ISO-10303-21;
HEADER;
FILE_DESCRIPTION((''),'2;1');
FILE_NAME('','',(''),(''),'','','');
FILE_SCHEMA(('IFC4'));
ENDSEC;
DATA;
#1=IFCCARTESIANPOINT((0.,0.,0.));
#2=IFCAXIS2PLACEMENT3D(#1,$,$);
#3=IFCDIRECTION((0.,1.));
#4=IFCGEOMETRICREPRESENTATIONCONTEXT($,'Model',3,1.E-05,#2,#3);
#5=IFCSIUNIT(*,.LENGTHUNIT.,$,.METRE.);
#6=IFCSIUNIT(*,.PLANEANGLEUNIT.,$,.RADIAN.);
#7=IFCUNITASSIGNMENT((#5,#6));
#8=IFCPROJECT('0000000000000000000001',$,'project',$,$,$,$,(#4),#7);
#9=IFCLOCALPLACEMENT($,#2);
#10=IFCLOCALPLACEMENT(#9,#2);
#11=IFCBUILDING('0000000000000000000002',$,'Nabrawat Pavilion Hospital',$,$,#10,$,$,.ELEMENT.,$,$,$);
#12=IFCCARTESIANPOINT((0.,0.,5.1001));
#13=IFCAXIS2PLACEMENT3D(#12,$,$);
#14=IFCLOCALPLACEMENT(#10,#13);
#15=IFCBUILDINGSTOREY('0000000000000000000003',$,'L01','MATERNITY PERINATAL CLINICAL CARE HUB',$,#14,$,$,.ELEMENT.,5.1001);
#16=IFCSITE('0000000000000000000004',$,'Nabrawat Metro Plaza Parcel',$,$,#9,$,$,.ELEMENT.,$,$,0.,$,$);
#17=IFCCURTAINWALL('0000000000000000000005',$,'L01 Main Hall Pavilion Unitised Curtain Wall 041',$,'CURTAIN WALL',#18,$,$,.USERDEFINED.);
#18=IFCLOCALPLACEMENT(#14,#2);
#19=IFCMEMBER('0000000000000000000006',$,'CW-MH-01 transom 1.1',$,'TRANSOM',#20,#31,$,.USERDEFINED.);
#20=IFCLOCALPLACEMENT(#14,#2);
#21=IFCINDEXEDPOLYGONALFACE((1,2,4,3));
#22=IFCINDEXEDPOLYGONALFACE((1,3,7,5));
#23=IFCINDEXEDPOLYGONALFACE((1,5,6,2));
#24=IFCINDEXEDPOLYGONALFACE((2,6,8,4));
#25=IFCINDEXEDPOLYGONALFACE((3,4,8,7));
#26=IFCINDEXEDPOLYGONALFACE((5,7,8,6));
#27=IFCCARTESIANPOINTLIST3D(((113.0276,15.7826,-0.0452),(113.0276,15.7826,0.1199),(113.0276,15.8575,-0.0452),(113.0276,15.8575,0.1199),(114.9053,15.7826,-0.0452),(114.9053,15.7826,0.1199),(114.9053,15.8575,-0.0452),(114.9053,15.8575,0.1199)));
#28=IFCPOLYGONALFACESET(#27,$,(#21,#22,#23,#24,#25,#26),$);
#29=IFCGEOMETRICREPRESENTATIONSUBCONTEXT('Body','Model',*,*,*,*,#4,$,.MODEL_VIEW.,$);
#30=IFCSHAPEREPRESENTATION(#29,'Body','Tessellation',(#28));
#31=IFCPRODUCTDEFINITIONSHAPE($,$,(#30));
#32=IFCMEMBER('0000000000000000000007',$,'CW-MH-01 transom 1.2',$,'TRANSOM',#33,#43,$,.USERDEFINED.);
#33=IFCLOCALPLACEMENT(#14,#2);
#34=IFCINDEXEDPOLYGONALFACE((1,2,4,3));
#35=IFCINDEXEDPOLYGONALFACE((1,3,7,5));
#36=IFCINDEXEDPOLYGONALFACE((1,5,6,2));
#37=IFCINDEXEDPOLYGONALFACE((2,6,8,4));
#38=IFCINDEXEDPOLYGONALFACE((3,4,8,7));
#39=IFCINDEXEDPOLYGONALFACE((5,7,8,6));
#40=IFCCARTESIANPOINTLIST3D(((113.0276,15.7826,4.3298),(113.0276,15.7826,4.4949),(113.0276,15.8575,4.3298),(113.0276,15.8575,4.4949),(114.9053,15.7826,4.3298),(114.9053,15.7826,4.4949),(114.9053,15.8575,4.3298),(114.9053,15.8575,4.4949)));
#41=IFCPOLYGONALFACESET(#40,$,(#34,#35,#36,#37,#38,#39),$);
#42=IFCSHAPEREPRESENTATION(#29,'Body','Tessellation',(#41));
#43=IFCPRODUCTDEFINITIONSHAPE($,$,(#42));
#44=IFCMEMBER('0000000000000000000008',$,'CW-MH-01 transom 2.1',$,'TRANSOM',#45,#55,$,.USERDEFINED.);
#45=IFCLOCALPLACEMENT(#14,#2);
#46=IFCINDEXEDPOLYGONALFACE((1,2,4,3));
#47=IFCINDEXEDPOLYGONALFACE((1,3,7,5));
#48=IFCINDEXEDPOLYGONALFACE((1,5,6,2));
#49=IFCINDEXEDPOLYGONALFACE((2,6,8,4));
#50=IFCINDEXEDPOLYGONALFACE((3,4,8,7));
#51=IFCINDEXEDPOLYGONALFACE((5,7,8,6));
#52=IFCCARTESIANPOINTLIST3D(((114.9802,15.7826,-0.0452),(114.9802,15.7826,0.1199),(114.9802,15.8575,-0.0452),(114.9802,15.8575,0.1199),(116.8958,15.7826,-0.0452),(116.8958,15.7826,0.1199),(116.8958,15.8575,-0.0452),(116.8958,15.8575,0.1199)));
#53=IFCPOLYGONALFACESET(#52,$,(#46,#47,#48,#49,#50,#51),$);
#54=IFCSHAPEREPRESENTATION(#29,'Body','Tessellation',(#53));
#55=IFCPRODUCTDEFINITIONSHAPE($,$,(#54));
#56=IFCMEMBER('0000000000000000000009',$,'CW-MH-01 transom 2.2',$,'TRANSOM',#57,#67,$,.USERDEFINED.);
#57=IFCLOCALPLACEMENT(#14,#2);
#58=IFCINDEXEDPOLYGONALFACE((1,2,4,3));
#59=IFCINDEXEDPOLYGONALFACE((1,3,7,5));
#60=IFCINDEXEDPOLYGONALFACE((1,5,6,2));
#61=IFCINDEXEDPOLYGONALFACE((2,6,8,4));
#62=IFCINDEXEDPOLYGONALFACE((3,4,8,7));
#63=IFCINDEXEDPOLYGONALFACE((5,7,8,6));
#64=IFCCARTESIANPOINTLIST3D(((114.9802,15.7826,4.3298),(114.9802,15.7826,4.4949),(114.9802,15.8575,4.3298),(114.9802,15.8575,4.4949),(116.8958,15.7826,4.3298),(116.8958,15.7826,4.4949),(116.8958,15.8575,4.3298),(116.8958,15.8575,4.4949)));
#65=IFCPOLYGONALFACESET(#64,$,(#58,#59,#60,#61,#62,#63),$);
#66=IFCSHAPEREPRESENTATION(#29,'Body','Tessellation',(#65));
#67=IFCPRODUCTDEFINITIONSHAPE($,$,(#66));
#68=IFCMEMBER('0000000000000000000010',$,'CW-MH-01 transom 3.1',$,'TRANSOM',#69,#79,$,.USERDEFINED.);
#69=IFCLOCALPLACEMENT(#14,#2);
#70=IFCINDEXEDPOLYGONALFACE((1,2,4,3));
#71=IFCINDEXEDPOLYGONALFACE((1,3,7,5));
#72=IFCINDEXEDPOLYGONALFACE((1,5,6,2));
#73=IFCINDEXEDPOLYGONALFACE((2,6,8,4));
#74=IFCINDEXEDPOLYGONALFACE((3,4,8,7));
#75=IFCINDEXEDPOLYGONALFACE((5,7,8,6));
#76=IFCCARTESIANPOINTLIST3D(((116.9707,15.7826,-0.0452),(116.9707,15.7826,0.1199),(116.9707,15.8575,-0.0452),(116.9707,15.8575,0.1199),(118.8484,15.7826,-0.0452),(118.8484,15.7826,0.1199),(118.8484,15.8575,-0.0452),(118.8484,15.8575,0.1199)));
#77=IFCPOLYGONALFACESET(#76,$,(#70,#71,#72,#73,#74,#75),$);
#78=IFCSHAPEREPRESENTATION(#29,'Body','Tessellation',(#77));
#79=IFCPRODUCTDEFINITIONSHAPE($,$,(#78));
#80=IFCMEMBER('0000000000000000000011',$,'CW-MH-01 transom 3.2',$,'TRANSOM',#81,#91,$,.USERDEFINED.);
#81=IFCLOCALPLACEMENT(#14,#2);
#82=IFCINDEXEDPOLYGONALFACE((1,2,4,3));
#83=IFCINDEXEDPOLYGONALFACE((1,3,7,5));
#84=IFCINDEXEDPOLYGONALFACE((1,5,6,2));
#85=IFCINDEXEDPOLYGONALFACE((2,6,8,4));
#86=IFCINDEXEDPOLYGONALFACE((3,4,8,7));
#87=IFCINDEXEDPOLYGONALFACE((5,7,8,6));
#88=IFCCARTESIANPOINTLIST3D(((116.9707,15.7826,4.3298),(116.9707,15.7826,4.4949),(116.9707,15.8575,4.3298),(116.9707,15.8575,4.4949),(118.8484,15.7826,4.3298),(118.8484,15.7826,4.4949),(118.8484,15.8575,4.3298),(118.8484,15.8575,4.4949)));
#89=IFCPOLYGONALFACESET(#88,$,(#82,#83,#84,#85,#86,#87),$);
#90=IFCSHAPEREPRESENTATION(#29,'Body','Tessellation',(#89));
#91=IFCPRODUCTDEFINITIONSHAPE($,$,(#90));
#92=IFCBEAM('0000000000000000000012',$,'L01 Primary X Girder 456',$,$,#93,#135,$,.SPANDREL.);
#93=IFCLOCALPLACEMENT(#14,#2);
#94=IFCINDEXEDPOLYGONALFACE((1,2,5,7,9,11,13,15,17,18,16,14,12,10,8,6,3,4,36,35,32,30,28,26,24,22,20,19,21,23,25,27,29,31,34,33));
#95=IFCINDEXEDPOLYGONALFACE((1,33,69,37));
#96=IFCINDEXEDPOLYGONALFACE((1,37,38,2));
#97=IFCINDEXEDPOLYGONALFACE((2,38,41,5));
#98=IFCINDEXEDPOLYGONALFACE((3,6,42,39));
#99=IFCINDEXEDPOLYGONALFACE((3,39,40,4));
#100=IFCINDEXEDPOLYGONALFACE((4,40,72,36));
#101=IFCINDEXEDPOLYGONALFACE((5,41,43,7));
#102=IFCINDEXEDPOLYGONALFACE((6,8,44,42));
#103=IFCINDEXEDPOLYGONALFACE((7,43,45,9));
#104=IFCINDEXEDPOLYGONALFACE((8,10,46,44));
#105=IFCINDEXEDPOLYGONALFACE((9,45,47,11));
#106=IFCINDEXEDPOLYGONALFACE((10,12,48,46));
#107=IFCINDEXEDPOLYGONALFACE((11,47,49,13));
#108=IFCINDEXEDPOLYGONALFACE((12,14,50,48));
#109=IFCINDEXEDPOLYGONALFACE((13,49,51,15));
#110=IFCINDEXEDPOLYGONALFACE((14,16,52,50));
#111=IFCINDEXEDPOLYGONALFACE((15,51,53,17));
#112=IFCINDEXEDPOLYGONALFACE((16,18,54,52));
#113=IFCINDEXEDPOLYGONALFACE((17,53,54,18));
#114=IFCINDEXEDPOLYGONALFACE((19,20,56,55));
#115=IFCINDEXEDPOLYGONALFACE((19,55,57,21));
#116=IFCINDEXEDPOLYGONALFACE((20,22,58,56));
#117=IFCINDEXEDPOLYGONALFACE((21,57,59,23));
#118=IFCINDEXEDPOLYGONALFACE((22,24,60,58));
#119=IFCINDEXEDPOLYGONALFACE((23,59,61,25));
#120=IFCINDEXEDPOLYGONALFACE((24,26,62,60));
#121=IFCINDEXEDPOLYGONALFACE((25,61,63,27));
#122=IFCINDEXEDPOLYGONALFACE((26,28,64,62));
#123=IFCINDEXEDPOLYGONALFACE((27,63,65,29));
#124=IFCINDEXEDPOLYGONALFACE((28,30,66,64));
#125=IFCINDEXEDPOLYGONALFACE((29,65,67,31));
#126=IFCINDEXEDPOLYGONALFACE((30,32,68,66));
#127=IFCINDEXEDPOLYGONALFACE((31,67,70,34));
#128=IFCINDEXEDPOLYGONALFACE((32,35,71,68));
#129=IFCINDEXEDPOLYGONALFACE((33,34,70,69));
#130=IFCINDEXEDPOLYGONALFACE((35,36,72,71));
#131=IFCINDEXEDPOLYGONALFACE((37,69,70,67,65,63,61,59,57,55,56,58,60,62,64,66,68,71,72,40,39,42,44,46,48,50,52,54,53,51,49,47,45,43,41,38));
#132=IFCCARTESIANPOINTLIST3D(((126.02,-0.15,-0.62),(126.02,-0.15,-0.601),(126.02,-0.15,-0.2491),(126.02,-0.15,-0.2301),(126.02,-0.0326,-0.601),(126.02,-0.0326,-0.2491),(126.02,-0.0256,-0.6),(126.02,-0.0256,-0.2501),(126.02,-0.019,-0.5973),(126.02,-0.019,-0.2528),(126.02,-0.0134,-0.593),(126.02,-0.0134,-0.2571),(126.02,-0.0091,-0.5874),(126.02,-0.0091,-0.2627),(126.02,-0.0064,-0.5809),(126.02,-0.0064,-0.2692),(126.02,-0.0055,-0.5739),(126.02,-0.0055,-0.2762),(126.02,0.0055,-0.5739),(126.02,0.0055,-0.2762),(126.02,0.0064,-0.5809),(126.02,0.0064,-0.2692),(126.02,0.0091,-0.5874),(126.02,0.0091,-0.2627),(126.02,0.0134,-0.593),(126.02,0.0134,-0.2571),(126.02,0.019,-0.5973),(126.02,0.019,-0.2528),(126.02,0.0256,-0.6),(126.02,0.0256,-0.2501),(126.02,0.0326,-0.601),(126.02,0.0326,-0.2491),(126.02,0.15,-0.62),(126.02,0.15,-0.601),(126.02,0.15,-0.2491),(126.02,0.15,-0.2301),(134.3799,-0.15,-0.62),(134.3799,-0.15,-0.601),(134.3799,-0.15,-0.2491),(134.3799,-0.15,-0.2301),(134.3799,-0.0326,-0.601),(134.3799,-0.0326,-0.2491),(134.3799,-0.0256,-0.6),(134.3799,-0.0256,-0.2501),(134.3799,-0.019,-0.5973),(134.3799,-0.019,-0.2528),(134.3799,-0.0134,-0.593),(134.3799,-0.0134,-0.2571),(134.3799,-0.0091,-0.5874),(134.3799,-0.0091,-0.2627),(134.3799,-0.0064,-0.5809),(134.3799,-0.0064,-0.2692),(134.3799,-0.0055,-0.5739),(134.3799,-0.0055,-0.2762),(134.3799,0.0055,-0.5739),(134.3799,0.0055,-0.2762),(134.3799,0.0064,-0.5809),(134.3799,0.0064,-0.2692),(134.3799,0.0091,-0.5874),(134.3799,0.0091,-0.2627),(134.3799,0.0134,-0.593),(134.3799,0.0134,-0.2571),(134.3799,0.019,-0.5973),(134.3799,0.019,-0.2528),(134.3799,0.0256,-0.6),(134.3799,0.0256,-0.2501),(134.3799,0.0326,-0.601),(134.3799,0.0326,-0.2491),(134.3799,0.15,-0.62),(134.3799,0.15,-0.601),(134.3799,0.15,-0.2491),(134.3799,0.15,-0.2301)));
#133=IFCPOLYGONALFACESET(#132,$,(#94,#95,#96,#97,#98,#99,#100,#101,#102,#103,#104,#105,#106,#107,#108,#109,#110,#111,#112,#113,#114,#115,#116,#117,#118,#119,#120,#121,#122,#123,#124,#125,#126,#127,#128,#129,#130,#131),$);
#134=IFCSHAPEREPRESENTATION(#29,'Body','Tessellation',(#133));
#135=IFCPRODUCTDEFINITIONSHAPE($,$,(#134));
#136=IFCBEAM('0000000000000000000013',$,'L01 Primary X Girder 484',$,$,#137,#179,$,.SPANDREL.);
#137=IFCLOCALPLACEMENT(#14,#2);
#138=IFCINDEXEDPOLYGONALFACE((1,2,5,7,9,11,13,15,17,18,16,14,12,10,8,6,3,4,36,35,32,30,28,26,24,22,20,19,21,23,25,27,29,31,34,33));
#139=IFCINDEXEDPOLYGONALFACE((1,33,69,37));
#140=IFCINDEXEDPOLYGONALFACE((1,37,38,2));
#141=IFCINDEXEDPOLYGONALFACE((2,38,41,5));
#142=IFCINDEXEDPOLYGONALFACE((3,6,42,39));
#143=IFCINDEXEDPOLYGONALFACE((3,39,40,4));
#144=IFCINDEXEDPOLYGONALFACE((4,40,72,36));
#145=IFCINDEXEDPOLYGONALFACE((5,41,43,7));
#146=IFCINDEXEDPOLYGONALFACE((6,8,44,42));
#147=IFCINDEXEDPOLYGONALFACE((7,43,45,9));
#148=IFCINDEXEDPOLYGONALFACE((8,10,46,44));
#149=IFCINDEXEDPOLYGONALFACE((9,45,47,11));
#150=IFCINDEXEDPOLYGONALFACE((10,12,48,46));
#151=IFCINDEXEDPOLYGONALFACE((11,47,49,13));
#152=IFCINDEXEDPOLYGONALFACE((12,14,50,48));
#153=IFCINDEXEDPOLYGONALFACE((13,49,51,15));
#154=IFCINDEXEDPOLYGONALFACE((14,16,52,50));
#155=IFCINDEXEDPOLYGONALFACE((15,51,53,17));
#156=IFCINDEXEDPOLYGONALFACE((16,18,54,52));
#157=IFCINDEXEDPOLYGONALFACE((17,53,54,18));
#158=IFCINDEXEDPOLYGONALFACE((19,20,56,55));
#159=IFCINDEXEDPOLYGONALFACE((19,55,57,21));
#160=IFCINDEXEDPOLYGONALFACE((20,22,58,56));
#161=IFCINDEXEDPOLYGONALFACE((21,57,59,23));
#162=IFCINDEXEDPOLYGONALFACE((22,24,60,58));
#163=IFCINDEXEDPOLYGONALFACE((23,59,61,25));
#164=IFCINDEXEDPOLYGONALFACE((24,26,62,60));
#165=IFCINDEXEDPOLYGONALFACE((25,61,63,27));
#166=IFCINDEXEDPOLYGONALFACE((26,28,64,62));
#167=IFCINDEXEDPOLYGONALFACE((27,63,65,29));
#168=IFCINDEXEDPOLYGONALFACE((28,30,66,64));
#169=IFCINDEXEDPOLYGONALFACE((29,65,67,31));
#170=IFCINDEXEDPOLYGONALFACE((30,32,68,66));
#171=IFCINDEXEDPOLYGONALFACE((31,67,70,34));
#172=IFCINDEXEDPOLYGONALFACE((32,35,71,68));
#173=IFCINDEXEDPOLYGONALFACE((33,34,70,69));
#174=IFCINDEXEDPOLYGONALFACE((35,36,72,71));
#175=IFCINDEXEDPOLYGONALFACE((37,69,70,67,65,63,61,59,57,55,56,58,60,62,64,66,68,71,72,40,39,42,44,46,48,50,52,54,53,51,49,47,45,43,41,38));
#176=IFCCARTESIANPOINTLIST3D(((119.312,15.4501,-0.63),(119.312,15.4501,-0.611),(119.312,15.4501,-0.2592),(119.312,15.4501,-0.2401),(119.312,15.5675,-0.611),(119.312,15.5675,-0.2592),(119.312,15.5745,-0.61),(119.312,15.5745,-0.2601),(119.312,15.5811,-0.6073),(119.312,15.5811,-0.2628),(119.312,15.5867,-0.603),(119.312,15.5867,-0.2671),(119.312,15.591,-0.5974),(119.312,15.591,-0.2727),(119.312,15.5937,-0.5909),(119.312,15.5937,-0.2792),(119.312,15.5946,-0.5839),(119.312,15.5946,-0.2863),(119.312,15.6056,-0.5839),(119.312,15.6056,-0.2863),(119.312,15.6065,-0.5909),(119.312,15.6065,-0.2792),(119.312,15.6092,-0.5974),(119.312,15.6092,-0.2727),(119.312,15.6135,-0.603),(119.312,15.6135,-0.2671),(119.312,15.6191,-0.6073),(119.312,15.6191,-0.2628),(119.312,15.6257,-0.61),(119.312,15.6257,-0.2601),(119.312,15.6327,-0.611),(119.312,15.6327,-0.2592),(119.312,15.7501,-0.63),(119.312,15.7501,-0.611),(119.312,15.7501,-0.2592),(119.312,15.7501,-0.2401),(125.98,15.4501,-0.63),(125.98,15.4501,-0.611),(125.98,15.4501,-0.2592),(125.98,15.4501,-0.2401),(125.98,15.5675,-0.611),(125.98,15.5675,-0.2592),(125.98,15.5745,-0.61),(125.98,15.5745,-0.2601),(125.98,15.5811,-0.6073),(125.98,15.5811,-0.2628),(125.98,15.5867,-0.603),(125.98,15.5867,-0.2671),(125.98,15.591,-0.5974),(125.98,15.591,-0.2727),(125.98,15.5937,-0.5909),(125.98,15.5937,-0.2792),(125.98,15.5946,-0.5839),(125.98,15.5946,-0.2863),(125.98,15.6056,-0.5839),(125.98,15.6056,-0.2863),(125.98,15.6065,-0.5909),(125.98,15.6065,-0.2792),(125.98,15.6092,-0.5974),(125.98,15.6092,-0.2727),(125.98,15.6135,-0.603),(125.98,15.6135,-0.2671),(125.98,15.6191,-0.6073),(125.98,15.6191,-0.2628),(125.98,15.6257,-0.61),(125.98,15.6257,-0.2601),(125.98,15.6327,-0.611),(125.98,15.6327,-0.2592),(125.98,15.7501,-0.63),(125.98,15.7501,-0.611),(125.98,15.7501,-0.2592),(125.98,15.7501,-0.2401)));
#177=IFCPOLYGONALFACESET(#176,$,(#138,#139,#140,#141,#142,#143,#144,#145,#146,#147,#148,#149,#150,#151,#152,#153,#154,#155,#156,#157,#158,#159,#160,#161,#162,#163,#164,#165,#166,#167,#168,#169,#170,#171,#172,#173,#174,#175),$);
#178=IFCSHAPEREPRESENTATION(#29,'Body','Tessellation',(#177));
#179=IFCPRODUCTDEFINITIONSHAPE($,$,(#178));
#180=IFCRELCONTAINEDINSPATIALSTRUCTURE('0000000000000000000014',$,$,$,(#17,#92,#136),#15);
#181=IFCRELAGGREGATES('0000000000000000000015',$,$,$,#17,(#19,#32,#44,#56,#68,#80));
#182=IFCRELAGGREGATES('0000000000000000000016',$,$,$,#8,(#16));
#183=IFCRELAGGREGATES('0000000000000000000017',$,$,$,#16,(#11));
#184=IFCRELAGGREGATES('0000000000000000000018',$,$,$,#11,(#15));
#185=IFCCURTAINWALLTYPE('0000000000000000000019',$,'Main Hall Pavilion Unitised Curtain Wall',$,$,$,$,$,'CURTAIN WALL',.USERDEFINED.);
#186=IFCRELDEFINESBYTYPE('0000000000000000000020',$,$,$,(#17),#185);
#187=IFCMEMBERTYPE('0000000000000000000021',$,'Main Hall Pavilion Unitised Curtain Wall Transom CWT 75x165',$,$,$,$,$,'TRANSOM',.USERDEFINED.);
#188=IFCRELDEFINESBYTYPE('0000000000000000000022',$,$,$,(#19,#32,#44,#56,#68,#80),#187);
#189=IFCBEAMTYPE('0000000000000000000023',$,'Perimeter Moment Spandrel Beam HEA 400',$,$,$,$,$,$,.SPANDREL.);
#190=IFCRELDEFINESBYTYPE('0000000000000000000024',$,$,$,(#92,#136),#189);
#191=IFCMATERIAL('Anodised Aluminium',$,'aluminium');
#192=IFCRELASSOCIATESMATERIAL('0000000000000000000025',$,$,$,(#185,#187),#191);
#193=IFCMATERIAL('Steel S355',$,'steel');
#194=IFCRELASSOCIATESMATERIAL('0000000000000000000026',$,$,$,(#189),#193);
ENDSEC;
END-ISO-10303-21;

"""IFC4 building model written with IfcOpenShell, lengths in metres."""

from ifc_helpers import new_model, si_unit, direction, frame, origin, origin_2d, place, context, subcontext, project, spatial, rectangle, i_section, extrude, material, material_profile, profile_set, type_object, element, aggregate, save


model = new_model("IFC4")

# Units and contexts
model_context = context("Model", 3, precision=1e-05, world=origin(), true_north=direction((0.0, 1.0)))
body_context = subcontext(model_context, "Body", "Model", "MODEL_VIEW")
ifc_project = project(units=[si_unit("LENGTHUNIT", "METRE"), si_unit("PLANEANGLEUNIT", "RADIAN")], contexts=[model_context])

# Site, building, storey
site_placement = place(None, origin())
site = spatial("IfcSite", under=ifc_project, at=site_placement, Name="Nabrawat Metro Plaza Parcel", CompositionType="ELEMENT", RefElevation=0.0)
building_placement = place(site_placement, origin())
building = spatial("IfcBuilding", under=site, at=building_placement, Name="Nabrawat Pavilion Hospital", CompositionType="ELEMENT")
storey_placement = place(building_placement, frame((0.0, 0.0, 5.1001)))
storey = spatial("IfcBuildingStorey", under=building, at=storey_placement, Name="L01", Description="MATERNITY PERINATAL CLINICAL CARE HUB", CompositionType="ELEMENT", Elevation=5.1001)

# Shared definitions
ifc_material_1 = material(Name="Steel S355", Category="steel")

# Curtain wall, members
ifc_material_2 = material(Name="Anodised Aluminium", Category="aluminium")
curtain_wall_type = type_object("IfcCurtainWallType", Name="Main Hall Pavilion Unitised Curtain Wall", ElementType="CURTAIN WALL", PredefinedType="USERDEFINED", material=ifc_material_2)
curtain_wall_placement = place(storey_placement, origin())
curtain_wall = element("IfcCurtainWall", 1, at=curtain_wall_placement, inside=storey, type_object=curtain_wall_type, Name="L01 Main Hall Pavilion Unitised Curtain Wall 041", ObjectType="CURTAIN WALL", PredefinedType="USERDEFINED")
ifc_material_profile_1 = material_profile(ifc_material_2, rectangle(XDim=0.075, YDim=0.165, at=origin_2d()), Name="CWT 75x165")
ifc_profile_set_1 = profile_set([ifc_material_profile_1], Name="Anodised Aluminium")
member_type_1 = type_object("IfcMemberType", Name="Main Hall Pavilion Unitised Curtain Wall Transom CWT 75x165", ElementType="TRANSOM", PredefinedType="USERDEFINED", material=ifc_profile_set_1)
member_1_placement = place(storey_placement, frame((113.0276, 15.8201, 0.0374), z_axis=(1.0, 0.0, 0.0), x_axis=(0.0, 1.0, 0.0)))
member_1 = element("IfcMember", 2, at=member_1_placement, type_object=member_type_1, Name="CW-MH-01 transom 1.1", ObjectType="TRANSOM", PredefinedType="USERDEFINED", context=body_context, shape_type="SweptSolid", body=[
    extrude(rectangle(XDim=0.075, YDim=0.165, at=origin_2d()), origin(), (0.0, 0.0, 1.0), 1.8777),
])
member_2_placement = place(storey_placement, frame((113.0276, 15.8201, 4.4124), z_axis=(1.0, 0.0, 0.0), x_axis=(0.0, 1.0, 0.0)))
member_2 = element("IfcMember", 3, at=member_2_placement, type_object=member_type_1, Name="CW-MH-01 transom 1.2", ObjectType="TRANSOM", PredefinedType="USERDEFINED", context=body_context, shape_type="SweptSolid", body=[
    extrude(rectangle(XDim=0.075, YDim=0.165, at=origin_2d()), origin(), (0.0, 0.0, 1.0), 1.8777),
])
member_3_placement = place(storey_placement, frame((114.9802, 15.8201, 0.0374), z_axis=(1.0, 0.0, 0.0), x_axis=(0.0, 1.0, 0.0)))
member_3 = element("IfcMember", 4, at=member_3_placement, type_object=member_type_1, Name="CW-MH-01 transom 2.1", ObjectType="TRANSOM", PredefinedType="USERDEFINED", context=body_context, shape_type="SweptSolid", body=[
    extrude(rectangle(XDim=0.075, YDim=0.165, at=origin_2d()), origin(), (0.0, 0.0, 1.0), 1.9155),
])
member_4_placement = place(storey_placement, frame((114.9802, 15.8201, 4.4124), z_axis=(1.0, 0.0, 0.0), x_axis=(0.0, 1.0, 0.0)))
member_4 = element("IfcMember", 5, at=member_4_placement, type_object=member_type_1, Name="CW-MH-01 transom 2.2", ObjectType="TRANSOM", PredefinedType="USERDEFINED", context=body_context, shape_type="SweptSolid", body=[
    extrude(rectangle(XDim=0.075, YDim=0.165, at=origin_2d()), origin(), (0.0, 0.0, 1.0), 1.9155),
])
member_5_placement = place(storey_placement, frame((116.9707, 15.8201, 0.0374), z_axis=(1.0, 0.0, 0.0), x_axis=(0.0, 1.0, 0.0)))
member_5 = element("IfcMember", 6, at=member_5_placement, type_object=member_type_1, Name="CW-MH-01 transom 3.1", ObjectType="TRANSOM", PredefinedType="USERDEFINED", context=body_context, shape_type="SweptSolid", body=[
    extrude(rectangle(XDim=0.075, YDim=0.165, at=origin_2d()), origin(), (0.0, 0.0, 1.0), 1.8777),
])
member_6_placement = place(storey_placement, frame((116.9707, 15.8201, 4.4124), z_axis=(1.0, 0.0, 0.0), x_axis=(0.0, 1.0, 0.0)))
member_6 = element("IfcMember", 7, at=member_6_placement, type_object=member_type_1, Name="CW-MH-01 transom 3.2", ObjectType="TRANSOM", PredefinedType="USERDEFINED", context=body_context, shape_type="SweptSolid", body=[
    extrude(rectangle(XDim=0.075, YDim=0.165, at=origin_2d()), origin(), (0.0, 0.0, 1.0), 1.8777),
])

# Beams
ifc_material_profile_2 = material_profile(ifc_material_1, i_section(OverallWidth=0.3, OverallDepth=0.3899, WebThickness=0.011, FlangeThickness=0.019, FilletRadius=0.0271, at=origin_2d()), Name="HEA 400")
ifc_profile_set_2 = profile_set([ifc_material_profile_2], Name="Steel S355")
beam_type_1 = type_object("IfcBeamType", Name="Perimeter Moment Spandrel Beam HEA 400", PredefinedType="SPANDREL", material=ifc_profile_set_2)
beam_1_placement = place(storey_placement, frame((126.02, 0.0, -0.425), z_axis=(1.0, 0.0, 0.0), x_axis=(0.0, 1.0, 0.0)))
element("IfcBeam", 8, at=beam_1_placement, inside=storey, type_object=beam_type_1, Name="L01 Primary X Girder 456", PredefinedType="SPANDREL", context=body_context, shape_type="SweptSolid", body=[
    extrude(i_section(OverallWidth=0.3, OverallDepth=0.3899, WebThickness=0.011, FlangeThickness=0.019, FilletRadius=0.0271, at=origin_2d()), origin(), (0.0, 0.0, 1.0), 8.3599),
])
beam_2_placement = place(storey_placement, frame((119.312, 15.6001, -0.4351), z_axis=(1.0, 0.0, 0.0), x_axis=(0.0, 1.0, 0.0)))
element("IfcBeam", 9, at=beam_2_placement, inside=storey, type_object=beam_type_1, Name="L01 Primary X Girder 484", PredefinedType="SPANDREL", context=body_context, shape_type="SweptSolid", body=[
    extrude(i_section(OverallWidth=0.3, OverallDepth=0.3899, WebThickness=0.011, FlangeThickness=0.019, FilletRadius=0.0271, at=origin_2d()), origin(), (0.0, 0.0, 1.0), 6.668),
])

aggregate(curtain_wall, [member_1, member_2, member_3, member_4, member_5, member_6])

save(model, "model.ifc")
